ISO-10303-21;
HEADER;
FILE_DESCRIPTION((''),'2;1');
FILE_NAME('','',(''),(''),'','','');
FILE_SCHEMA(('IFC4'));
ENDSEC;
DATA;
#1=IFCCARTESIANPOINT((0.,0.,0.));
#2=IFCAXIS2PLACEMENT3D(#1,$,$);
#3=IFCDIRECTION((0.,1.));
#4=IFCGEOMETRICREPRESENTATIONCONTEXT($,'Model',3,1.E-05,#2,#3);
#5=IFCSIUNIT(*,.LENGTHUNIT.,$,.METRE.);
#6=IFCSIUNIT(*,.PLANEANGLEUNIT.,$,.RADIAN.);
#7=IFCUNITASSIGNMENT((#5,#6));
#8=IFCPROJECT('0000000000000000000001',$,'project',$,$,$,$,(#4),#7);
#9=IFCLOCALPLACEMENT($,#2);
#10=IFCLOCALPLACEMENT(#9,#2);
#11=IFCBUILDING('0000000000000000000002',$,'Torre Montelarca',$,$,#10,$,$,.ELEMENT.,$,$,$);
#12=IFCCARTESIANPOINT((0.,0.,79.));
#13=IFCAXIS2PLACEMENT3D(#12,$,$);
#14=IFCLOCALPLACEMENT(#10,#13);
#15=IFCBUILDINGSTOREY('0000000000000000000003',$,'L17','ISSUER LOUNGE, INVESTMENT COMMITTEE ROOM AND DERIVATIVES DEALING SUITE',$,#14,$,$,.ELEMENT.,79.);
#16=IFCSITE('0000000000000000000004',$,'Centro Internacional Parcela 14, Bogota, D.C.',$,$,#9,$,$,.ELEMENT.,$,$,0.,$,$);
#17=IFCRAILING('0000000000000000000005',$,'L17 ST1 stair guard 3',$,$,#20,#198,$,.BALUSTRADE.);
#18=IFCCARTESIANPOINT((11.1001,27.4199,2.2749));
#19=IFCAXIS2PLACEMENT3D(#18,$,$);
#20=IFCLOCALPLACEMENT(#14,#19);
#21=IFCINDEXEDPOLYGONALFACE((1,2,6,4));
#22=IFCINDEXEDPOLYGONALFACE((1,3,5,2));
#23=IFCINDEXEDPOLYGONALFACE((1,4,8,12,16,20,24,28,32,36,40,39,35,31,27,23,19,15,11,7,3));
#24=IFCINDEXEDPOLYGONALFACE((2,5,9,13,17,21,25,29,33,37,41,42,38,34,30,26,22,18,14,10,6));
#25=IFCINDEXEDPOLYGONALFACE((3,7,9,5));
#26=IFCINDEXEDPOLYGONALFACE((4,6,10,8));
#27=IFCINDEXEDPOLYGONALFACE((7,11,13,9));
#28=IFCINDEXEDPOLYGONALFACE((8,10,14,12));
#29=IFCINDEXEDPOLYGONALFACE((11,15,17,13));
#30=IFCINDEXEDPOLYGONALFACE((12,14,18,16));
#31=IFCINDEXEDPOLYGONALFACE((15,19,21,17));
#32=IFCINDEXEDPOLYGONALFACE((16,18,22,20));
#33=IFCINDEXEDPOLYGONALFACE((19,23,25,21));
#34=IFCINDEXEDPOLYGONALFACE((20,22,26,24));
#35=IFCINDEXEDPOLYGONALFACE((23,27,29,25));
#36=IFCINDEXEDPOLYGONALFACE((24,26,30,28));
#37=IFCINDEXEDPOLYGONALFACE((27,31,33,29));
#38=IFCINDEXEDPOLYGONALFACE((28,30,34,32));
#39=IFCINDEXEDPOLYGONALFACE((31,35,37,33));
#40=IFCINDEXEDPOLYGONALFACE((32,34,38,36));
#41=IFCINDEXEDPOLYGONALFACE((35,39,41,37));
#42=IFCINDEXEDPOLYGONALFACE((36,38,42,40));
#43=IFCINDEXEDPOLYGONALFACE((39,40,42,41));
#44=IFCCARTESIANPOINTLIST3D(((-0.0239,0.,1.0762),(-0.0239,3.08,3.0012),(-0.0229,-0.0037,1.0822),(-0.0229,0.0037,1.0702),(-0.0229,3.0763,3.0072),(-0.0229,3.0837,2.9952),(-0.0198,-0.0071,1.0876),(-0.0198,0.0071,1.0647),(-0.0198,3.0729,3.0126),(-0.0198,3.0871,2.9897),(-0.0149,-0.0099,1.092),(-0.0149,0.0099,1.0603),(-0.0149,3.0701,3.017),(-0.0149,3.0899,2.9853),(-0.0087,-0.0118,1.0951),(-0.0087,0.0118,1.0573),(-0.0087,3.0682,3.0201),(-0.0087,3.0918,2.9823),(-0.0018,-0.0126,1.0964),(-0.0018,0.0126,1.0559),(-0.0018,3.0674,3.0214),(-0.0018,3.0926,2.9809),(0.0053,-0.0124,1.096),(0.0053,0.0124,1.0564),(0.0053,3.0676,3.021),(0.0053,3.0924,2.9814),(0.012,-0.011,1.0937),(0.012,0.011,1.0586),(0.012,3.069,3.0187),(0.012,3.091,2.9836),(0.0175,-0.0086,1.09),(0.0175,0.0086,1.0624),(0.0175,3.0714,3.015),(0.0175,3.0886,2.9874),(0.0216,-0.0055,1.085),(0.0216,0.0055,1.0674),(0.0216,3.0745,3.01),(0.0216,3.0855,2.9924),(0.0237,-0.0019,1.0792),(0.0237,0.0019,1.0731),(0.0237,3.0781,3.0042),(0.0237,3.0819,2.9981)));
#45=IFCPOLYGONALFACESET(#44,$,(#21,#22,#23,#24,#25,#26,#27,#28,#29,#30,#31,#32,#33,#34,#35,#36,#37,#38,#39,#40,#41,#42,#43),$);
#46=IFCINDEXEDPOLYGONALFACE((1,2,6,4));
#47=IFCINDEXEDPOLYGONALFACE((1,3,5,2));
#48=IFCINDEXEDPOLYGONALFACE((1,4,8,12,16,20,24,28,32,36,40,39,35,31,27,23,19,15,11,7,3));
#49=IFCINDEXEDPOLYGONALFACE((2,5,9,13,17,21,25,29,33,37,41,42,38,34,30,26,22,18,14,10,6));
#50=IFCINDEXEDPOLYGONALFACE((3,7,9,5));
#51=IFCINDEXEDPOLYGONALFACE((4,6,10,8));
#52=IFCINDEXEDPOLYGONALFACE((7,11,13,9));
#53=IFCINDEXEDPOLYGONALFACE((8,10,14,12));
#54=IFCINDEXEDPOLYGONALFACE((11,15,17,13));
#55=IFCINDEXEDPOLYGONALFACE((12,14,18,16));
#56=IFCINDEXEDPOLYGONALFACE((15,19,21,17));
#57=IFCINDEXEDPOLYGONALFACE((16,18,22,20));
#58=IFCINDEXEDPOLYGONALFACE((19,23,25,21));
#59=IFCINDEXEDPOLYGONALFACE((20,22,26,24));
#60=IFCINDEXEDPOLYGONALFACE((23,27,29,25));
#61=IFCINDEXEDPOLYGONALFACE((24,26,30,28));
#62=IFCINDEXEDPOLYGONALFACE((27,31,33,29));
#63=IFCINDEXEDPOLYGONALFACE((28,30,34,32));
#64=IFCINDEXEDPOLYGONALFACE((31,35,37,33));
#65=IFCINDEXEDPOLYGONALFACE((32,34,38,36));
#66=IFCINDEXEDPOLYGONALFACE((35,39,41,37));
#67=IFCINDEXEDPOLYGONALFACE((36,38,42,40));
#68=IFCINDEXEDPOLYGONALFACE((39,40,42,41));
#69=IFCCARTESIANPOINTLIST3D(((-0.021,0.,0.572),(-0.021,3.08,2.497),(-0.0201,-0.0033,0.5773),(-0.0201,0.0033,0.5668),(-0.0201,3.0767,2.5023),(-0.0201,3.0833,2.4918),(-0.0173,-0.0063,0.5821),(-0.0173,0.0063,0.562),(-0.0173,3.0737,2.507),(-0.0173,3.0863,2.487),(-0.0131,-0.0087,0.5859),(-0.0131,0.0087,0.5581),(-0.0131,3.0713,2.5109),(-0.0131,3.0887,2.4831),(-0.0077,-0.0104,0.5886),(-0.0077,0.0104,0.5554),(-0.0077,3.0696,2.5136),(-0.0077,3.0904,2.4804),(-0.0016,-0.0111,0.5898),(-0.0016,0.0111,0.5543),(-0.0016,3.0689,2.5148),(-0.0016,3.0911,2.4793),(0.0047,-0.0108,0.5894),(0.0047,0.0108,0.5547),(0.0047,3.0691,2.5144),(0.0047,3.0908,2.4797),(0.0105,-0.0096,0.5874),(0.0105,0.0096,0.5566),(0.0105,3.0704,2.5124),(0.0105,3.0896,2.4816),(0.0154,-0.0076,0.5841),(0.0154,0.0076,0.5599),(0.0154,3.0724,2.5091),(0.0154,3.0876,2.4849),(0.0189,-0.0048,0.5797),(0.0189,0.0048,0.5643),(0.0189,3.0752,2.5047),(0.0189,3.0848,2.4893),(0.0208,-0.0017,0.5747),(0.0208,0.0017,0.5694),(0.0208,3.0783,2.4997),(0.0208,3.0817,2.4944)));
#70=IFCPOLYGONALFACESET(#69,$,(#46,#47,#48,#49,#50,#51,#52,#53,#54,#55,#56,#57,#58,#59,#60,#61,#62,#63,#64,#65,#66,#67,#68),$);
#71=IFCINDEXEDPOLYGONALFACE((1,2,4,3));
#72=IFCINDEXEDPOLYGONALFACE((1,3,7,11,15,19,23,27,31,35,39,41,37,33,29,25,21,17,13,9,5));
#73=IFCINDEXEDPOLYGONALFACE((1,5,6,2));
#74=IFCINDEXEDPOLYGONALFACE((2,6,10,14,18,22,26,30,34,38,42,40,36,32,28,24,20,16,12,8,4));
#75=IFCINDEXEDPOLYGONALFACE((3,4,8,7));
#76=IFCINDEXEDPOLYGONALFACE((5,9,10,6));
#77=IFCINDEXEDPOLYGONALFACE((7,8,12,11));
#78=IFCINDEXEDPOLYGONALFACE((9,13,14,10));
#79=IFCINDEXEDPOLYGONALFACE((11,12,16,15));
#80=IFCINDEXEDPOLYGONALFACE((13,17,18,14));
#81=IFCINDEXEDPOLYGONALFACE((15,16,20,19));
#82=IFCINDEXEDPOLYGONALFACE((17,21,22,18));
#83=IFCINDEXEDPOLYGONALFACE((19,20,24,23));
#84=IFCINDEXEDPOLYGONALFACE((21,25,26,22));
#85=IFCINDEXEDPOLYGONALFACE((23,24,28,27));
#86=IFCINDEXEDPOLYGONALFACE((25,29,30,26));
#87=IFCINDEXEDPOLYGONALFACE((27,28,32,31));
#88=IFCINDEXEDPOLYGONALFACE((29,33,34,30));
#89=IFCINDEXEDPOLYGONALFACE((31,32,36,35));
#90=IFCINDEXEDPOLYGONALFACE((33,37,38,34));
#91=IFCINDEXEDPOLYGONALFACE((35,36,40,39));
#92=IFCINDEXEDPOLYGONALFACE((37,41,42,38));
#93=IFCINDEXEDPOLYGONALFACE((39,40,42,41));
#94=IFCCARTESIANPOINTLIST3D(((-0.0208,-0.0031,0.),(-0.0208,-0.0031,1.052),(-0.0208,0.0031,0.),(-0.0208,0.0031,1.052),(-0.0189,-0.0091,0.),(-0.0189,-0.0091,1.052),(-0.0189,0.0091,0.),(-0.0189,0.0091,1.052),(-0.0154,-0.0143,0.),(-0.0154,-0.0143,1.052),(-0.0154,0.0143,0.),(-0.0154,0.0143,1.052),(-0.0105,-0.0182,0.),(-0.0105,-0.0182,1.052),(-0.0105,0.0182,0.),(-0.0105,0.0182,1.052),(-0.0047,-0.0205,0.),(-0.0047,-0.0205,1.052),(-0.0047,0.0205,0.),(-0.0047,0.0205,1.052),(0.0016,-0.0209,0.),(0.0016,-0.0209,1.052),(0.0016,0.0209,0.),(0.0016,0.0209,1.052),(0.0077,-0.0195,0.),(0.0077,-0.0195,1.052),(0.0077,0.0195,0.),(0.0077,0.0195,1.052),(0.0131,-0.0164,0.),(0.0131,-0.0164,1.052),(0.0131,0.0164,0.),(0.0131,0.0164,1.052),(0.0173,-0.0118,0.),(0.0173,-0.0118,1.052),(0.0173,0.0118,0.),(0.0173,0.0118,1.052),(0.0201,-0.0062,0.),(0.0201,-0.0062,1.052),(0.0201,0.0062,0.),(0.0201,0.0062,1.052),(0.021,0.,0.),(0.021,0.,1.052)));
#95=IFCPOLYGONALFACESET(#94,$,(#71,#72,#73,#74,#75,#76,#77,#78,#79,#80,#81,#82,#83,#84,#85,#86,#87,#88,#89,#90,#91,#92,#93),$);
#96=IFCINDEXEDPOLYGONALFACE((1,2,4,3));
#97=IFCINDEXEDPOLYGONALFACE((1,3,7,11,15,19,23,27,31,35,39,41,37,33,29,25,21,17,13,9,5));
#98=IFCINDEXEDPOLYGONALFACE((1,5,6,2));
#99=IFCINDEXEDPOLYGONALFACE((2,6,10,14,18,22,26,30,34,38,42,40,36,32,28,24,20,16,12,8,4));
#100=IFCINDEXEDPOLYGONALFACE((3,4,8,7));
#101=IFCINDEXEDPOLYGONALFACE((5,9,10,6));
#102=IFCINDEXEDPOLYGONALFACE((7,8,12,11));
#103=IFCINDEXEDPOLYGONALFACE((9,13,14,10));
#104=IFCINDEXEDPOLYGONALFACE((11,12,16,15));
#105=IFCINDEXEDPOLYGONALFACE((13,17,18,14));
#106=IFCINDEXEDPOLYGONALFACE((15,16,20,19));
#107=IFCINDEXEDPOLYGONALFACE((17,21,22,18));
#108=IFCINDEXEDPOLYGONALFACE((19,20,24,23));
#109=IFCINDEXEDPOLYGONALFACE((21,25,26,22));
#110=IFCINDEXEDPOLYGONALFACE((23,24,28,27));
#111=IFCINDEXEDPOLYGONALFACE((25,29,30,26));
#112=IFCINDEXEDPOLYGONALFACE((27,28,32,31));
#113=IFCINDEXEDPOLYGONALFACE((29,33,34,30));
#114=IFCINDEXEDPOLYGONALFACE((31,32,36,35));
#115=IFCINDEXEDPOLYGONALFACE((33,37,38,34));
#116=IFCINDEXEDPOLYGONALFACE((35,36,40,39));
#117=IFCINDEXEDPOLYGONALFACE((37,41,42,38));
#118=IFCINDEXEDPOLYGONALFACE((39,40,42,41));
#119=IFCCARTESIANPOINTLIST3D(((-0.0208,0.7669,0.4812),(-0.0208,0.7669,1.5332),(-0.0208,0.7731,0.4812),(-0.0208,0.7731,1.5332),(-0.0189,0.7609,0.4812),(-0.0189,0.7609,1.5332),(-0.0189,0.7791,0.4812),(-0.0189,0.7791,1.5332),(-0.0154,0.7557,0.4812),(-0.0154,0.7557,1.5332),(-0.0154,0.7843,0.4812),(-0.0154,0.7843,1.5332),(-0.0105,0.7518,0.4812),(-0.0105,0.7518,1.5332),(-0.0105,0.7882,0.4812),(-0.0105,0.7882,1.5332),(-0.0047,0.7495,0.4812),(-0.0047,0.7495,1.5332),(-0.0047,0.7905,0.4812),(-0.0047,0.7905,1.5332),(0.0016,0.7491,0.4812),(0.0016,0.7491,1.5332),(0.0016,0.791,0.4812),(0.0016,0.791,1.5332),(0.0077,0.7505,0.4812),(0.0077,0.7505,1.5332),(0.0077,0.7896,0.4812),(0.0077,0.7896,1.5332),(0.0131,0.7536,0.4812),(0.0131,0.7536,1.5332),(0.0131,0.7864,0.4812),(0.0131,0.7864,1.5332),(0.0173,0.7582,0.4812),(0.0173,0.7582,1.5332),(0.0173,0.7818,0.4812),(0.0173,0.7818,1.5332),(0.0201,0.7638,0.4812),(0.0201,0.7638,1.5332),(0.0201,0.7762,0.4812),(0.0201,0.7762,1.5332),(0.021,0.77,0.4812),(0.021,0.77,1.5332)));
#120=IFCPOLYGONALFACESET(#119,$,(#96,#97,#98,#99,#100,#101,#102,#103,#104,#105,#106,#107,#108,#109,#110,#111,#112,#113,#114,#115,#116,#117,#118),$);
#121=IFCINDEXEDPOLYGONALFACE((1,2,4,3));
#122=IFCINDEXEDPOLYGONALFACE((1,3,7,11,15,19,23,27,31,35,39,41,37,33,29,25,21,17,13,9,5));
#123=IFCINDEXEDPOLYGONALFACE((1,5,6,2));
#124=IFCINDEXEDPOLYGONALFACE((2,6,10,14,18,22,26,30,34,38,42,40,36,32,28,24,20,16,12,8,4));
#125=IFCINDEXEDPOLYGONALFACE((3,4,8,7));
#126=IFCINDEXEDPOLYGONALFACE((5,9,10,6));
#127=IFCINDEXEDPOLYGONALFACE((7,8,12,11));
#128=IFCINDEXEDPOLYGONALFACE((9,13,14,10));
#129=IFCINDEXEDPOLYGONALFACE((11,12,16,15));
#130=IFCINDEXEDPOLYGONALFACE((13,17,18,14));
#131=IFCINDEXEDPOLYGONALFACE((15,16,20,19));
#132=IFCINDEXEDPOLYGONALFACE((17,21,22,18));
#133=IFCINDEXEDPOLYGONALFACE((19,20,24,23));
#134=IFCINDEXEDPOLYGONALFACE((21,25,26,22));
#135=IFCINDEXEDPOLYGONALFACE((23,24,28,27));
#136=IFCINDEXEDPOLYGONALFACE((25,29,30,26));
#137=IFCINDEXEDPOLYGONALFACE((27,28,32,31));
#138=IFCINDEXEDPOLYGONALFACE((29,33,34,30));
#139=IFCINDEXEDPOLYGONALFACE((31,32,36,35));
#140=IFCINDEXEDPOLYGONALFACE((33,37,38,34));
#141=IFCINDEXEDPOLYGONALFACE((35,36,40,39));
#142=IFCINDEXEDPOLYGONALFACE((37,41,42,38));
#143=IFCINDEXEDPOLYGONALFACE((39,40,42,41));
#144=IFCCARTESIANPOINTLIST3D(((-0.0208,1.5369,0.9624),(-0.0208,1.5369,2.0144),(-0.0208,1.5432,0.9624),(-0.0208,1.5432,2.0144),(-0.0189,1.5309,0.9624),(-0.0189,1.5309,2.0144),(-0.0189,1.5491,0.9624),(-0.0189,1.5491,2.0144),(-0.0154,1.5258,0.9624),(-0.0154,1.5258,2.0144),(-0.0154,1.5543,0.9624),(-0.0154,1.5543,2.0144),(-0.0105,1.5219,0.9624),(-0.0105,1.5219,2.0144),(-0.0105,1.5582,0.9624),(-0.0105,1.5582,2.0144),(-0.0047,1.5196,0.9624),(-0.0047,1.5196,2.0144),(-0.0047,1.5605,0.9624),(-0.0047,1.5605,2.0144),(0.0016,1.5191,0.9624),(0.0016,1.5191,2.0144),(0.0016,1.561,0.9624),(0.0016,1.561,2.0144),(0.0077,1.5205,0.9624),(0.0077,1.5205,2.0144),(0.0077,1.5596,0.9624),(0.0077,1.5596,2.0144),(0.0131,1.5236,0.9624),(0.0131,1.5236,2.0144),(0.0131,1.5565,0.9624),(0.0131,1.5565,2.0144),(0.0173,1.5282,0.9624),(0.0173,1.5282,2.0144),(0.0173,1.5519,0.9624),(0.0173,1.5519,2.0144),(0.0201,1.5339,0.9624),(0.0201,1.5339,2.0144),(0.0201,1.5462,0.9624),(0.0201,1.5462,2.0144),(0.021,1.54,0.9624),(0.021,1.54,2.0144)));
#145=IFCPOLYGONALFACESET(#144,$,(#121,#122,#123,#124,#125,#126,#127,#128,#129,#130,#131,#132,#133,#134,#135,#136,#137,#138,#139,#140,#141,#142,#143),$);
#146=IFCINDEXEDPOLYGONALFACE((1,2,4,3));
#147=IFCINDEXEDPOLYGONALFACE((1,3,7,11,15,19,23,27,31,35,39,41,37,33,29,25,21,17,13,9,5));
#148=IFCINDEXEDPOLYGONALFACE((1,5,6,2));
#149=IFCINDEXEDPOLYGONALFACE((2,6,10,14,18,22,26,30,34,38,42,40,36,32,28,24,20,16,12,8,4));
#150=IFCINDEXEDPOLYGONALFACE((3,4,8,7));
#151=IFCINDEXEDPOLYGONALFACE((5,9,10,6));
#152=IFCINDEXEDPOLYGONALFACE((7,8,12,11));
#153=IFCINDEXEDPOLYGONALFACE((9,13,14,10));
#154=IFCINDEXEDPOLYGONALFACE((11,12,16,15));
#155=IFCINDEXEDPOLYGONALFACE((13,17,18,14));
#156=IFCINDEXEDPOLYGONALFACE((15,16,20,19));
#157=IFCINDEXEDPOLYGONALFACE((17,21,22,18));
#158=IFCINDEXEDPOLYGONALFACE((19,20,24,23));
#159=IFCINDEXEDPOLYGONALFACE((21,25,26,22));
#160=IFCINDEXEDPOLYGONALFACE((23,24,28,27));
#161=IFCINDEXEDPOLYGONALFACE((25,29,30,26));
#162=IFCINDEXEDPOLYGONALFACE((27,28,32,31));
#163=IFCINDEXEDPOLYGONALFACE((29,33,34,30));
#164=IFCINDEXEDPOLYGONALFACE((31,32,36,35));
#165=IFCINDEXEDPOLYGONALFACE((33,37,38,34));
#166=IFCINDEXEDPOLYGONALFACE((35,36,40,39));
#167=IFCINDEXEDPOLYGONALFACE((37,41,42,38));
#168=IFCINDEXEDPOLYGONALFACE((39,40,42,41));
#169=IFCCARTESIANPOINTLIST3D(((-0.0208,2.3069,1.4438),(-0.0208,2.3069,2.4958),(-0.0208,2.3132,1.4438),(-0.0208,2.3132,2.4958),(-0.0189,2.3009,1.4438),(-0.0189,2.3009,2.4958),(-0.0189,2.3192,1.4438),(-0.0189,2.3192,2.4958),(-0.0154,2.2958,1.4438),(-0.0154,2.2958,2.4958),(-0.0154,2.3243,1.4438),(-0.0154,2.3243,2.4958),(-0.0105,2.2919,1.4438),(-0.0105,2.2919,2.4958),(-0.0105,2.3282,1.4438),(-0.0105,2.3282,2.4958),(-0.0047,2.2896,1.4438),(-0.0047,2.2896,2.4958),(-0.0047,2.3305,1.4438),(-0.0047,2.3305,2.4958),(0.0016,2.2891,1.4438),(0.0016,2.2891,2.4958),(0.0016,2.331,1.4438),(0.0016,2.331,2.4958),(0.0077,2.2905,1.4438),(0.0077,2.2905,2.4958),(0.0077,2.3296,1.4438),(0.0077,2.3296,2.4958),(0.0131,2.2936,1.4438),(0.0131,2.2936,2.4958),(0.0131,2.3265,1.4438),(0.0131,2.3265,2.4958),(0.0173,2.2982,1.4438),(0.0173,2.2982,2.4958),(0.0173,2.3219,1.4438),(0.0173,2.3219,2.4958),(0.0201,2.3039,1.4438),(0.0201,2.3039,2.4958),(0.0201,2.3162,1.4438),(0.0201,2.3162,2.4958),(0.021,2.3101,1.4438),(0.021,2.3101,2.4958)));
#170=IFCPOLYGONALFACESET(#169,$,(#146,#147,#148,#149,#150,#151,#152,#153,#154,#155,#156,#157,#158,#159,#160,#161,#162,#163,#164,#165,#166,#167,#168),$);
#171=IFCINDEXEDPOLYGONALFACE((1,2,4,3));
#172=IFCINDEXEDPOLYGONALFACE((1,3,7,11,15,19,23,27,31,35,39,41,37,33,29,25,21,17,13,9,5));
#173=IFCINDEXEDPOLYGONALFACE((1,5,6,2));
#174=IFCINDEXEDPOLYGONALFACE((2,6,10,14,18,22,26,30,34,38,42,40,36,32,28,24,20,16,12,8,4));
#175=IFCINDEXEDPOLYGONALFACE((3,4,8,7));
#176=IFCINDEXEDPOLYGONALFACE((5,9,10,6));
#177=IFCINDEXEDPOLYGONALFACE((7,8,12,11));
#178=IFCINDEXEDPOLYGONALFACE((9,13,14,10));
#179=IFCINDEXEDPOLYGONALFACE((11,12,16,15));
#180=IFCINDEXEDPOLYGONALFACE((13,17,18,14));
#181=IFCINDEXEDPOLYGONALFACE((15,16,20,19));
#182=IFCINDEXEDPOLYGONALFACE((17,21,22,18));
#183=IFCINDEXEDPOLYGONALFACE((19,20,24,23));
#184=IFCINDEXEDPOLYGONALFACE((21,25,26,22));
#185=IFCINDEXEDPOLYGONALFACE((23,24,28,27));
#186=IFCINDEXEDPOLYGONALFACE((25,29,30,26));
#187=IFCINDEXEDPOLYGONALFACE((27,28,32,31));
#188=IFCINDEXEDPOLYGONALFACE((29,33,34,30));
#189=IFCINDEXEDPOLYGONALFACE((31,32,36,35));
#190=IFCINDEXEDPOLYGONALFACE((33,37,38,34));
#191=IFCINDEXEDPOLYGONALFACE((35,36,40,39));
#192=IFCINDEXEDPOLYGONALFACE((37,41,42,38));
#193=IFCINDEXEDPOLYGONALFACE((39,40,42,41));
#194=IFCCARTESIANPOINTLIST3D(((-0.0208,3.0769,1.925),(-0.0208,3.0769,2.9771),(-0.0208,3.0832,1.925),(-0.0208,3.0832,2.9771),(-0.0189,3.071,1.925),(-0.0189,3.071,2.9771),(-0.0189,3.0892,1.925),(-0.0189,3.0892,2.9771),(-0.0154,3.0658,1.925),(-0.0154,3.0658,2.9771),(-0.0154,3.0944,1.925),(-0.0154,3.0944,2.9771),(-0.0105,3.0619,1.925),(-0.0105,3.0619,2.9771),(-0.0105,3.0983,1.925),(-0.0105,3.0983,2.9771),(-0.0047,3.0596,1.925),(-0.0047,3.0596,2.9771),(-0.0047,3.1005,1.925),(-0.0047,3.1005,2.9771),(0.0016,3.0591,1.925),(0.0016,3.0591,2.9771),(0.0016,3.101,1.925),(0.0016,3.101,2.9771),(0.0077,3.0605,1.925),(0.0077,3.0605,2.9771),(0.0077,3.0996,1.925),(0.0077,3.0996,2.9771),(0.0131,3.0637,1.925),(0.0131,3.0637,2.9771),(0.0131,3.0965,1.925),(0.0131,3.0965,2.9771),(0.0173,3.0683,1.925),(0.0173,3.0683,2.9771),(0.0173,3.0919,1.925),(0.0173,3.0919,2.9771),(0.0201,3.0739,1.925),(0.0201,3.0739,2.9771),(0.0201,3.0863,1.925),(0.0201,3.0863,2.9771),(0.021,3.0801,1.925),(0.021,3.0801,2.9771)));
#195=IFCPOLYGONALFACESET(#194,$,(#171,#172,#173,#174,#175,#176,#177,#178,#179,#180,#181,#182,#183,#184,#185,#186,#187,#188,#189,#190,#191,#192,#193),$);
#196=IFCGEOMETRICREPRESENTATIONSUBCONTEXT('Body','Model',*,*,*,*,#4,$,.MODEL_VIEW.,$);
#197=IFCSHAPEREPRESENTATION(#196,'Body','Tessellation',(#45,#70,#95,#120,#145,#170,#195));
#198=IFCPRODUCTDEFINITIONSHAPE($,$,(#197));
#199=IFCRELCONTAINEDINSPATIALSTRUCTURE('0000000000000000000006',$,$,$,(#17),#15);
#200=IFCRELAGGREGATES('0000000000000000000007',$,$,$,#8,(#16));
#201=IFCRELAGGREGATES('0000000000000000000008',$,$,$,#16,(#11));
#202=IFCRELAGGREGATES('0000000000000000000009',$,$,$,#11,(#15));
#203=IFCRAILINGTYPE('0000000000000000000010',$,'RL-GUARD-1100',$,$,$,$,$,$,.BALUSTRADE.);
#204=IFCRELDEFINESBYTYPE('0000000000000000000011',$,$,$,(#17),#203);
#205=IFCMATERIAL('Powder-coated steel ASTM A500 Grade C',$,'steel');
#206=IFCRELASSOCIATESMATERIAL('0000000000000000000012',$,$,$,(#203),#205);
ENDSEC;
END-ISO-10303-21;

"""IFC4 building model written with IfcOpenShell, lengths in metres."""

from ifc_helpers import new_model, si_unit, direction, frame, origin, origin_2d, place, context, subcontext, project, spatial, circle, extrude, material, type_object, element, save


model = new_model("IFC4")

# Units and contexts
model_context = context("Model", 3, precision=1e-05, world=origin(), true_north=direction((0.0, 1.0)))
body_context = subcontext(model_context, "Body", "Model", "MODEL_VIEW")
ifc_project = project(units=[si_unit("LENGTHUNIT", "METRE"), si_unit("PLANEANGLEUNIT", "RADIAN")], contexts=[model_context])

# Site, building, storey
site_placement = place(None, origin())
site = spatial("IfcSite", under=ifc_project, at=site_placement, Name="Centro Internacional Parcela 14, Bogota, D.C.", CompositionType="ELEMENT", RefElevation=0.0)
building_placement = place(site_placement, origin())
building = spatial("IfcBuilding", under=site, at=building_placement, Name="Torre Montelarca", CompositionType="ELEMENT")
storey_placement = place(building_placement, frame((0.0, 0.0, 79.0)))
storey = spatial("IfcBuildingStorey", under=building, at=storey_placement, Name="L17", Description="ISSUER LOUNGE, INVESTMENT COMMITTEE ROOM AND DERIVATIVES DEALING SUITE", CompositionType="ELEMENT", Elevation=79.0)

# Railing
ifc_material_1 = material(Name="Powder-coated steel ASTM A500 Grade C", Category="steel")
railing_type_1 = type_object("IfcRailingType", Name="RL-GUARD-1100", PredefinedType="BALUSTRADE", material=ifc_material_1)
railing_1_placement = place(storey_placement, frame((11.1001, 27.4199, 2.2749)))
element("IfcRailing", 1, at=railing_1_placement, inside=storey, type_object=railing_type_1, Name="L17 ST1 stair guard 3", PredefinedType="BALUSTRADE", context=body_context, shape_type="SweptSolid", body=[
    extrude(circle(Radius=0.0239, at=origin_2d()), frame((0.0, 0.0, 1.0762), z_axis=(0.0, 0.847998, 0.529999), x_axis=(-1.0, 0.0, 0.0)), (0.0, 0.0, 1.0), 3.6321),
    extrude(circle(Radius=0.021, at=origin_2d()), frame((0.0, 0.0, 0.572), z_axis=(0.0, 0.847998, 0.529999), x_axis=(-1.0, 0.0, 0.0)), (0.0, 0.0, 1.0), 3.6321),
    extrude(circle(Radius=0.021, at=origin_2d()), origin(), (0.0, 0.0, 1.0), 1.052),
    extrude(circle(Radius=0.021, at=origin_2d()), frame((0.0, 0.77, 0.4812)), (0.0, 0.0, 1.0), 1.052),
    extrude(circle(Radius=0.021, at=origin_2d()), frame((0.0, 1.54, 0.9624)), (0.0, 0.0, 1.0), 1.052),
    extrude(circle(Radius=0.021, at=origin_2d()), frame((0.0, 2.3101, 1.4438)), (0.0, 0.0, 1.0), 1.052),
    extrude(circle(Radius=0.021, at=origin_2d()), frame((0.0, 3.0801, 1.925)), (0.0, 0.0, 1.0), 1.052),
])

save(model, "model.ifc")
